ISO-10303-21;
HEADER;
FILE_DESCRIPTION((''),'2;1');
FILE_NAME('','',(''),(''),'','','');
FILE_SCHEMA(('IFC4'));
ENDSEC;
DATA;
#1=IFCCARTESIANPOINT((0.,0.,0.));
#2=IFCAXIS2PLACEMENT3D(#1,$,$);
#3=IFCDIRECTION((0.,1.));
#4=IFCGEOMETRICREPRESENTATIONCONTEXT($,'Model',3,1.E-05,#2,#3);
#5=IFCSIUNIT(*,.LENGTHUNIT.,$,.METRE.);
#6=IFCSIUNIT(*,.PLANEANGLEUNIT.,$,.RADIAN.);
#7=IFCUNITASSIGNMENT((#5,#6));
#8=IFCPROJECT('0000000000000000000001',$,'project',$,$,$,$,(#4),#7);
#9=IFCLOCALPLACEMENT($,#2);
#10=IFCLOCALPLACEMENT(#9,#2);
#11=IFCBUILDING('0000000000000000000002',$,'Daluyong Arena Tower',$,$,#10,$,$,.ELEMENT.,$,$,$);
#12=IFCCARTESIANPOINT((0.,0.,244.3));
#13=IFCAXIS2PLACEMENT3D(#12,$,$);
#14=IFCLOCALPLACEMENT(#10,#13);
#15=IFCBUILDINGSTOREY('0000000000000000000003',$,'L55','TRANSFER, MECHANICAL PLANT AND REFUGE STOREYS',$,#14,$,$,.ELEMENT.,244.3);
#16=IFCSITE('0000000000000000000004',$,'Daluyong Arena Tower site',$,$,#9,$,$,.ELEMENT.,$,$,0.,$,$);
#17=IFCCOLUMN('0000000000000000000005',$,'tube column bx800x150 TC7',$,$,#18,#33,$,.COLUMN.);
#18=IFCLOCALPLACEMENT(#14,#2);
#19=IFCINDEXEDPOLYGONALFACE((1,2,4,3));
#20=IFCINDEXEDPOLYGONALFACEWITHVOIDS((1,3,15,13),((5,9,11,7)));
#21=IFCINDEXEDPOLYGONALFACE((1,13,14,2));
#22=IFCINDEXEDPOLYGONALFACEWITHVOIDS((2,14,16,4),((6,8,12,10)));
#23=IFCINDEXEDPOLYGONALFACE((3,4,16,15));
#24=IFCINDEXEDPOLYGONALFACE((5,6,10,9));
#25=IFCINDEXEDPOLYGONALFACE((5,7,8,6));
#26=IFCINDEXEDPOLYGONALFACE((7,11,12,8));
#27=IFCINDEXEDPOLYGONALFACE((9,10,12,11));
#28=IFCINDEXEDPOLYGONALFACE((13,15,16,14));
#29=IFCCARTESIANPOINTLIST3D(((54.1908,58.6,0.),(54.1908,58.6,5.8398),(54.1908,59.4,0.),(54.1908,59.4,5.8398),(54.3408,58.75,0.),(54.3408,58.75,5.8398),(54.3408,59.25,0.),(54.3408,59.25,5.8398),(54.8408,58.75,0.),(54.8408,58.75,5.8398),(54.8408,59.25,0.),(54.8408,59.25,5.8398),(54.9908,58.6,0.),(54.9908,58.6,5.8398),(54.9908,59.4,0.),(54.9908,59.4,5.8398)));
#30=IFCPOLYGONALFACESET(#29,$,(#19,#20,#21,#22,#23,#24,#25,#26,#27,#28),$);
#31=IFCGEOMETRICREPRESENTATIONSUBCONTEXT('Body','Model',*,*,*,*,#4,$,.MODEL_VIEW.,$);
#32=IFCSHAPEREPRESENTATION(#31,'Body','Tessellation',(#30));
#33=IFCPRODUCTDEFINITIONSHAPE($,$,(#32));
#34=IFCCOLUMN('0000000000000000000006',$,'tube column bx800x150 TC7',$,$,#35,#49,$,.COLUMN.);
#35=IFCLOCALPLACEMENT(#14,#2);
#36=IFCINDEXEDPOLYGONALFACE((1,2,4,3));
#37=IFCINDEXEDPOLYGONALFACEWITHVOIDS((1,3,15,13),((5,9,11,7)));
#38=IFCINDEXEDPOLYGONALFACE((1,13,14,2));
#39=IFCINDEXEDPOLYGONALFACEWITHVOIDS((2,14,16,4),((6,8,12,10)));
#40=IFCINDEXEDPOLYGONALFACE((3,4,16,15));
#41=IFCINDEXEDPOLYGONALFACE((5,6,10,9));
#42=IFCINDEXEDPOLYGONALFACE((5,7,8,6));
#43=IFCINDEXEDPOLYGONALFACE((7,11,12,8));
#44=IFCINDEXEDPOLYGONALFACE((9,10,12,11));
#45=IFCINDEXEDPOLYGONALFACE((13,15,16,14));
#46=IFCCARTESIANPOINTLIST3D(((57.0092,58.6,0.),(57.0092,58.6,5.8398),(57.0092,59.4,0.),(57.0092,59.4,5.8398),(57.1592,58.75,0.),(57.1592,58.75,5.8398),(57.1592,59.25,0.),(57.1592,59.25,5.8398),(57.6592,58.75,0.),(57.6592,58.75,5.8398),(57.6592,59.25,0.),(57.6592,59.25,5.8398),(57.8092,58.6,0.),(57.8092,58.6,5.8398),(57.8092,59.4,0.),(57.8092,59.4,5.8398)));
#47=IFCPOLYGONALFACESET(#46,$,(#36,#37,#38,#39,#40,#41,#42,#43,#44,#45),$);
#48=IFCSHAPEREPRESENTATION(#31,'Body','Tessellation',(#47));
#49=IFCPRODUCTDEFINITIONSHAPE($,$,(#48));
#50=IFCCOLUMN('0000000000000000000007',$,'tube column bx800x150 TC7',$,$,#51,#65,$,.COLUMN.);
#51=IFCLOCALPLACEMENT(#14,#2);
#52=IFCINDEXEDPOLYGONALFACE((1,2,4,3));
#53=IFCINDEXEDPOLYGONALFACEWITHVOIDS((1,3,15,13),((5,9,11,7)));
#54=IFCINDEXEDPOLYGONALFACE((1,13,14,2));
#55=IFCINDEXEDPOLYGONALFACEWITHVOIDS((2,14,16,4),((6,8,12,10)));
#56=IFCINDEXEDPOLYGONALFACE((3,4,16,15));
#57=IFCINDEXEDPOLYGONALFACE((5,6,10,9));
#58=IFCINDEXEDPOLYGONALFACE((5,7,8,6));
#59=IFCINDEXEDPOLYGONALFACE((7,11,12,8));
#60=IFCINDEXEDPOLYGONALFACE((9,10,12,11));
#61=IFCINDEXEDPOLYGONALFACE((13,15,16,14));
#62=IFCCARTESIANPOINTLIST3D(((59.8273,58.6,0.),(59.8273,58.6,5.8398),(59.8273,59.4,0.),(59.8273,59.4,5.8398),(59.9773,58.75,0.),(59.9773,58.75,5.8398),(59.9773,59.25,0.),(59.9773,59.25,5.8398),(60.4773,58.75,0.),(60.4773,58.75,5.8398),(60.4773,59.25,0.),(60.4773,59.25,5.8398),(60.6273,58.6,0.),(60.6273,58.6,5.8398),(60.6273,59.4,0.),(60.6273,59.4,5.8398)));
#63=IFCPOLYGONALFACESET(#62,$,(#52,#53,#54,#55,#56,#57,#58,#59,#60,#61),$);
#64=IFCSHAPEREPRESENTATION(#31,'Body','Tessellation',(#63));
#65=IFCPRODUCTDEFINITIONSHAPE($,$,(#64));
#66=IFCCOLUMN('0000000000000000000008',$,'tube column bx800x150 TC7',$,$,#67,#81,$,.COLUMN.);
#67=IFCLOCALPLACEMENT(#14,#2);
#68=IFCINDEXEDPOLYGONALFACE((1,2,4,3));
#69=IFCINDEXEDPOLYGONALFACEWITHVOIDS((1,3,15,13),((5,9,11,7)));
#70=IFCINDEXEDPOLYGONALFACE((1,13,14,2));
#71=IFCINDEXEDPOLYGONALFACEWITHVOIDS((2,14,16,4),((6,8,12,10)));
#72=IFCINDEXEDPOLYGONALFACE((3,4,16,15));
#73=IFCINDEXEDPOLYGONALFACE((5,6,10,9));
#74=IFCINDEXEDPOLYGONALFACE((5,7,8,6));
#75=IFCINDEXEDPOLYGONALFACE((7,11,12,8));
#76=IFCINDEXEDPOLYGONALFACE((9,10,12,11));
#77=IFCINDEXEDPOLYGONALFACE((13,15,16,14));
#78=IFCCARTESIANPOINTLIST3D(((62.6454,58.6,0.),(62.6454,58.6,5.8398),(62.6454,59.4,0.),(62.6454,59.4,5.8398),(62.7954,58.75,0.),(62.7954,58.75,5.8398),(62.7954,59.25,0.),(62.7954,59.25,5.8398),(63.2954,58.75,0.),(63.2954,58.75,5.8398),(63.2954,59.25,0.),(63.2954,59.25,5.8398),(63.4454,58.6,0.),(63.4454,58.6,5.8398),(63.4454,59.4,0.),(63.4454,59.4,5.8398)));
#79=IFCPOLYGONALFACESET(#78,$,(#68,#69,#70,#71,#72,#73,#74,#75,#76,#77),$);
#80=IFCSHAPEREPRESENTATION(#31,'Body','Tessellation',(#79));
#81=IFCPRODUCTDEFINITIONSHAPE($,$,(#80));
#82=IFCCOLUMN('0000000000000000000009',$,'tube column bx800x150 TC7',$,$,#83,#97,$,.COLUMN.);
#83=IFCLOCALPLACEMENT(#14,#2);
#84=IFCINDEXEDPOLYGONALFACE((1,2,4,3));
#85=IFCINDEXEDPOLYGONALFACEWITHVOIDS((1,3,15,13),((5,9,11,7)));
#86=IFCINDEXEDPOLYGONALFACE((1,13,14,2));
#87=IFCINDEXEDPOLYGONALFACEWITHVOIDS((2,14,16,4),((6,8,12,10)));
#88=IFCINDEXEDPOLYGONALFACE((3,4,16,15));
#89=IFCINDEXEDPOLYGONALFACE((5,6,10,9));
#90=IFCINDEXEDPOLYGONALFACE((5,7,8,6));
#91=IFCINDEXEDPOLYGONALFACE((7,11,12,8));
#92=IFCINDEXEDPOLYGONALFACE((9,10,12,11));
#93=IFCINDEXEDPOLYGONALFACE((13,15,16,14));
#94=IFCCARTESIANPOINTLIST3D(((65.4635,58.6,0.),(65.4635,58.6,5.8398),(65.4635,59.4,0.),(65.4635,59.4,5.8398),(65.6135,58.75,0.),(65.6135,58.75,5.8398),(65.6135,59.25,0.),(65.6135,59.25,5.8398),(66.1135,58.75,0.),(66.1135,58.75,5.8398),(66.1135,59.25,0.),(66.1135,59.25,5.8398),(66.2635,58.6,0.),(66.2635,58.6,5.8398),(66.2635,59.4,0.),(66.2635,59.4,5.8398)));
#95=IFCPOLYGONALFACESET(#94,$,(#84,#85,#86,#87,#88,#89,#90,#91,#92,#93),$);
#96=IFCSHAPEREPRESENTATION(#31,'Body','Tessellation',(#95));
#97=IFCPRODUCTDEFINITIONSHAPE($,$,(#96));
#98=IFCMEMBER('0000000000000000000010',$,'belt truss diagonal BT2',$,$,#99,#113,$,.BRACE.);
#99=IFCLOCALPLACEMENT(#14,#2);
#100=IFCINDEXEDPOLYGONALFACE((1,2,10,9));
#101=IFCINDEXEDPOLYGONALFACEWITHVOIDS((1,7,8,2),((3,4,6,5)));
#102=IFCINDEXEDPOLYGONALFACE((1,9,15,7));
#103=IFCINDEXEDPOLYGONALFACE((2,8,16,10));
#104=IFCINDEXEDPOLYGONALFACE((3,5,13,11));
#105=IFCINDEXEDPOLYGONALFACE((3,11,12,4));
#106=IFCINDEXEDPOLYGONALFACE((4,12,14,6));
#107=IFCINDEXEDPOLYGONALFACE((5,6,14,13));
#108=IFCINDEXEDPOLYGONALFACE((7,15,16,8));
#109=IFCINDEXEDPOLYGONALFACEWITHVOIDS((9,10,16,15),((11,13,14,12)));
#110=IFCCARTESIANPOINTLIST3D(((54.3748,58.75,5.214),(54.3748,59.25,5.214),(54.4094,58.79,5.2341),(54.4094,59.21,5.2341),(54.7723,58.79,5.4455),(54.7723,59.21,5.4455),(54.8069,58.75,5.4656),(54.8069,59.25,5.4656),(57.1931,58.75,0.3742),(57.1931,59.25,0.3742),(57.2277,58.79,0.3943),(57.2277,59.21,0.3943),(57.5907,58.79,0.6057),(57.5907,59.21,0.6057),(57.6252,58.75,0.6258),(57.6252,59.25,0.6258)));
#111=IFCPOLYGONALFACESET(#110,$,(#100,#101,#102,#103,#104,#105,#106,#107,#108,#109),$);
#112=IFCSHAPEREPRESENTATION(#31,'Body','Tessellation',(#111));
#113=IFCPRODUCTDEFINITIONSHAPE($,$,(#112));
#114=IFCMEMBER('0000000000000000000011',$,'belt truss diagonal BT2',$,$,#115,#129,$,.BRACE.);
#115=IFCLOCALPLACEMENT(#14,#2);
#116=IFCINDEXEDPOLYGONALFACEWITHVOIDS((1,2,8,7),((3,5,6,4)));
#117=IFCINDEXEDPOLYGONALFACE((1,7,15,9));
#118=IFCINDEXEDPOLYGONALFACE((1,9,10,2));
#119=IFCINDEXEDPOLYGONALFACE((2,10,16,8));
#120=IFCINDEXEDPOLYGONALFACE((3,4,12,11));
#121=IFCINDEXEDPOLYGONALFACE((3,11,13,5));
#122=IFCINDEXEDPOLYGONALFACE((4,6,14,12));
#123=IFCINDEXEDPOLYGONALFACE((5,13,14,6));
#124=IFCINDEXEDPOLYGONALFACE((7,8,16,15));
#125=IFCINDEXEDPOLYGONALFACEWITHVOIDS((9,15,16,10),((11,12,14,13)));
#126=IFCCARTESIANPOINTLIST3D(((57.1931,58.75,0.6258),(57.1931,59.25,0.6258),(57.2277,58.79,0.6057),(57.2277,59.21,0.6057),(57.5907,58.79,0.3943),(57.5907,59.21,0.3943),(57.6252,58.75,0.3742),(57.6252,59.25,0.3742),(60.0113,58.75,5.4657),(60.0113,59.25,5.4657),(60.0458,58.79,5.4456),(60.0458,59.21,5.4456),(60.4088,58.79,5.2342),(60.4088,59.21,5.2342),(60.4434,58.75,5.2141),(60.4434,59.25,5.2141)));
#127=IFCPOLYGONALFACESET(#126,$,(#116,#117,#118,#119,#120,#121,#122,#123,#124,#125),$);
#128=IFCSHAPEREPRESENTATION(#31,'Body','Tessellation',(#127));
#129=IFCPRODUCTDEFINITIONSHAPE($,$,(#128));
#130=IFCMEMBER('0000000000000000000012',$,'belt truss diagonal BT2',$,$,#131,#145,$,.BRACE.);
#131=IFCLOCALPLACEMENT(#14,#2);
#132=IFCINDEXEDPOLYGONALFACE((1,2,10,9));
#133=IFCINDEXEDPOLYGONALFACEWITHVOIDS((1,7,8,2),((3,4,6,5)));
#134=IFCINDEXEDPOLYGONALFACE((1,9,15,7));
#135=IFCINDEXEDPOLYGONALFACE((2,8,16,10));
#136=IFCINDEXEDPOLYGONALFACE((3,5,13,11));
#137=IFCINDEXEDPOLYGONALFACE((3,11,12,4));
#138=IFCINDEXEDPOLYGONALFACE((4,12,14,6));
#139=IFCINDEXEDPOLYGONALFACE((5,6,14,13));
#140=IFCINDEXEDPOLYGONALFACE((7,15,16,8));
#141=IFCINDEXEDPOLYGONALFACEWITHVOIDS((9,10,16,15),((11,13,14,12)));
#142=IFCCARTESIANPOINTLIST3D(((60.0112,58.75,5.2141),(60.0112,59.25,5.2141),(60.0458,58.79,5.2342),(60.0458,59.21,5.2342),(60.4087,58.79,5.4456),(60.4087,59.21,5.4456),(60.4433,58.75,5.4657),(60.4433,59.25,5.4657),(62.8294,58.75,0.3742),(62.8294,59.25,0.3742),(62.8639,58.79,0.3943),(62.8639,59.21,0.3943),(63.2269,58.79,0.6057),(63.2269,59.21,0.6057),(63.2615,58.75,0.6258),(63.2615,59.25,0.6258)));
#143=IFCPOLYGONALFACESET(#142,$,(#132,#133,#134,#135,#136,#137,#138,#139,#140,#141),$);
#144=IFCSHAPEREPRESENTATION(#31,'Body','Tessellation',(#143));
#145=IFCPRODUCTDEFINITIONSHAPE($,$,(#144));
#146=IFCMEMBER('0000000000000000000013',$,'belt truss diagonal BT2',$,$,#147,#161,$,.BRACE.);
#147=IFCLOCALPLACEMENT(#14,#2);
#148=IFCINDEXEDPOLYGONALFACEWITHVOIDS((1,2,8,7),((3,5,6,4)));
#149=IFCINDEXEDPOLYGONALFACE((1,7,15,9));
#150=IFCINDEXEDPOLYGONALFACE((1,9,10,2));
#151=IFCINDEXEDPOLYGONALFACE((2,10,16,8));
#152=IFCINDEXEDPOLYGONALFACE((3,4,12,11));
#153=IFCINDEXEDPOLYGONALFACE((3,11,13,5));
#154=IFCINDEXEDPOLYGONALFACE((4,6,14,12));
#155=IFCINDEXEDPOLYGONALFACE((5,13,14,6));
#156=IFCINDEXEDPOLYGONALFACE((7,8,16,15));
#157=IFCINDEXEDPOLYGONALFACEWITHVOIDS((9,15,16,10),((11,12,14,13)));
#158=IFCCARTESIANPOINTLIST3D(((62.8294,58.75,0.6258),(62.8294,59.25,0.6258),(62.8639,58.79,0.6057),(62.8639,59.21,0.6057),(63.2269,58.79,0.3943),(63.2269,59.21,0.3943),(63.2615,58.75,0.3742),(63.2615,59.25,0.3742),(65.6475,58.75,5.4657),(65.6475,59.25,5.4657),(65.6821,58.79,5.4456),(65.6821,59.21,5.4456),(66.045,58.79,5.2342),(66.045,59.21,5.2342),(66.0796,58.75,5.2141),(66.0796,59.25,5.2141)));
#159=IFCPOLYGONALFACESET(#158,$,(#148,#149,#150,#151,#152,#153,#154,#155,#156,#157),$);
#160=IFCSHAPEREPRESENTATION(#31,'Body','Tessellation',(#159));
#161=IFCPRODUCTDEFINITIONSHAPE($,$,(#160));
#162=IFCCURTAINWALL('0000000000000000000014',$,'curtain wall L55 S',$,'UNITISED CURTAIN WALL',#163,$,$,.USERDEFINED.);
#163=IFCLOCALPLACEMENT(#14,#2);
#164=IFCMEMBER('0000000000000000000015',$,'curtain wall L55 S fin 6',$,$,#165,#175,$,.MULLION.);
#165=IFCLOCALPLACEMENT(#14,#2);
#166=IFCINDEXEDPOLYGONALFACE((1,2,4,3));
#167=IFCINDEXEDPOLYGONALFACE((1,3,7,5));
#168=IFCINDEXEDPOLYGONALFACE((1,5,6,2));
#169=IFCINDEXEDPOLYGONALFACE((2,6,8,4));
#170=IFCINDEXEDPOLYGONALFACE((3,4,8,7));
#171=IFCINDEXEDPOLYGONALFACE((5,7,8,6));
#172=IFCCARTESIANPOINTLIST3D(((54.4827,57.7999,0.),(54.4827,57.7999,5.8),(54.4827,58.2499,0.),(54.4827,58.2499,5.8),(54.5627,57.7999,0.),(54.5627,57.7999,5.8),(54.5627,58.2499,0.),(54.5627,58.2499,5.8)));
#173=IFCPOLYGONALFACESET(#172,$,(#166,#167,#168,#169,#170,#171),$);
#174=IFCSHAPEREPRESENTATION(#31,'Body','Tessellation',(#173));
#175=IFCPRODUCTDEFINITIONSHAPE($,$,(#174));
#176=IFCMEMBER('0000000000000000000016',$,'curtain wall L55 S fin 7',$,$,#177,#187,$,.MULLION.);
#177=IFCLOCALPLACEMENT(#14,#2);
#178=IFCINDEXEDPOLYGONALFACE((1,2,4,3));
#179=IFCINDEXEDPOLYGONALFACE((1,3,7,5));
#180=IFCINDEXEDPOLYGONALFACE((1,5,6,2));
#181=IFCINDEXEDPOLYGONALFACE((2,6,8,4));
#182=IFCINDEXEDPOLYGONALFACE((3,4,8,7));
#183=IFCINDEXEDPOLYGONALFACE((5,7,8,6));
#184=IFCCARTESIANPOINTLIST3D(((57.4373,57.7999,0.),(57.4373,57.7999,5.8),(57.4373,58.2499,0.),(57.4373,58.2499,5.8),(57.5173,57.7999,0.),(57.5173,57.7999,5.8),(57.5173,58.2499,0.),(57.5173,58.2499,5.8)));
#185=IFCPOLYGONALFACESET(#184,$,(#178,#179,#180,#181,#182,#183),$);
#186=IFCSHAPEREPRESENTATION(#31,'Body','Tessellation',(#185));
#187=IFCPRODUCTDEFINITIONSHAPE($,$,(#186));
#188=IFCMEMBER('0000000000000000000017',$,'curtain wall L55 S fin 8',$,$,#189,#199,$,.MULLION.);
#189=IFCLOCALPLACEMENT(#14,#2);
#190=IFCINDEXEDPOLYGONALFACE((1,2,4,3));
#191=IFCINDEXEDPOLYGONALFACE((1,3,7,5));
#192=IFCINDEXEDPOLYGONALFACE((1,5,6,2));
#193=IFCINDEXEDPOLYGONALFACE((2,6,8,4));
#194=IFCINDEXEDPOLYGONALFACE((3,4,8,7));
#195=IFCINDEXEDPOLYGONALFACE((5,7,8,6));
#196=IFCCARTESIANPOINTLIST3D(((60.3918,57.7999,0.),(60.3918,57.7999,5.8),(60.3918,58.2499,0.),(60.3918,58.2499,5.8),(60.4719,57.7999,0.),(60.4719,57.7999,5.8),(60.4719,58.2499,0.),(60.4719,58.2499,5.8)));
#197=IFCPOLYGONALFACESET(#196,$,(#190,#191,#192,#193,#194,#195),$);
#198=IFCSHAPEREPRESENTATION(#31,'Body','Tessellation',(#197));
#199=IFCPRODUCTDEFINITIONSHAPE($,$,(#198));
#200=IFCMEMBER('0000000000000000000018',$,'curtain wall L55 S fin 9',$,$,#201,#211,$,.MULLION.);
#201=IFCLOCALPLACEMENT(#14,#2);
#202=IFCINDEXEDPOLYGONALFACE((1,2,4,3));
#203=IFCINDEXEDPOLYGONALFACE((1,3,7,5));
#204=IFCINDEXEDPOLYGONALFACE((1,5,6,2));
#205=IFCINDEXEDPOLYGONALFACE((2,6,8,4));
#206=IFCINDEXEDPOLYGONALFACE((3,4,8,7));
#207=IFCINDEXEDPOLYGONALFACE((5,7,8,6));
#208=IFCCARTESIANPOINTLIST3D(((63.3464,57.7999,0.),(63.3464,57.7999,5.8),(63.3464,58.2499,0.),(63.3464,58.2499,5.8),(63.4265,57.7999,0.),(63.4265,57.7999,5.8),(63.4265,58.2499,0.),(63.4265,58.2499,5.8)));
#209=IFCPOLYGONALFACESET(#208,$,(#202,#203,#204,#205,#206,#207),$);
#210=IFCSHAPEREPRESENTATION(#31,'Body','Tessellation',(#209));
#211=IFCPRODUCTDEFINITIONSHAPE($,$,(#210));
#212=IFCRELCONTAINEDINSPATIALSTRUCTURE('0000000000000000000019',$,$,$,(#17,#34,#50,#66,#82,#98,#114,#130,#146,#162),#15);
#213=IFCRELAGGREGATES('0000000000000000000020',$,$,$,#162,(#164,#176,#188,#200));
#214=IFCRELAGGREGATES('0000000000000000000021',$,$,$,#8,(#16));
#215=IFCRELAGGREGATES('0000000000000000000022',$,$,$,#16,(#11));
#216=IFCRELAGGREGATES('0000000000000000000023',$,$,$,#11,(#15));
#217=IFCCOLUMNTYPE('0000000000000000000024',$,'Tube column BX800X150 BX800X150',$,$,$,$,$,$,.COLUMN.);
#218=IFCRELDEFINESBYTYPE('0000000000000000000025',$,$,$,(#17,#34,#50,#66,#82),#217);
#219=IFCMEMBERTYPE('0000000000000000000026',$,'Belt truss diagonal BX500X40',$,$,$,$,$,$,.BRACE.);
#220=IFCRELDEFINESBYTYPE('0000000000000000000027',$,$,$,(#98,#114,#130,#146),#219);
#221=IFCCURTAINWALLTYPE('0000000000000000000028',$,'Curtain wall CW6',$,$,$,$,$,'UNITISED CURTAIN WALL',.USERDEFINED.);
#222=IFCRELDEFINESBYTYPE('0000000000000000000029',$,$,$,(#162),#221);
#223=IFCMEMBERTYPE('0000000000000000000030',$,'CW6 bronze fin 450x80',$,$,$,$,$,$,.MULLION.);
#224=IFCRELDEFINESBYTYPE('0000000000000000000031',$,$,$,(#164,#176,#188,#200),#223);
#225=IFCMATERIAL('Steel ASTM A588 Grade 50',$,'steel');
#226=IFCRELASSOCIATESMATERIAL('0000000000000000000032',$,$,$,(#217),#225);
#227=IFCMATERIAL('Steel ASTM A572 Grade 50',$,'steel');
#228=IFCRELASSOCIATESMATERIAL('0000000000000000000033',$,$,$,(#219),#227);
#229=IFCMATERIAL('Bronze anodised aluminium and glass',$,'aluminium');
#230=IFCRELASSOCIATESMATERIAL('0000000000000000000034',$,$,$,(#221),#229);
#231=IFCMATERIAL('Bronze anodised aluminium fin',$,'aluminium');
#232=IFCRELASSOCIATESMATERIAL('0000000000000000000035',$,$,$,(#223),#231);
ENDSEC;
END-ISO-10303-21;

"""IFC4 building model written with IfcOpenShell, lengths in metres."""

from ifc_helpers import new_model, si_unit, direction, frame, origin, origin_2d, place, context, subcontext, project, spatial, rectangle, hollow_rectangle, extrude, material, material_profile, profile_set, type_object, element, aggregate, save


model = new_model("IFC4")

# Units and contexts
model_context = context("Model", 3, precision=1e-05, world=origin(), true_north=direction((0.0, 1.0)))
body_context = subcontext(model_context, "Body", "Model", "MODEL_VIEW")
ifc_project = project(units=[si_unit("LENGTHUNIT", "METRE"), si_unit("PLANEANGLEUNIT", "RADIAN")], contexts=[model_context])

# Site, building, storey
site_placement = place(None, origin())
site = spatial("IfcSite", under=ifc_project, at=site_placement, Name="Daluyong Arena Tower site", CompositionType="ELEMENT", RefElevation=0.0)
building_placement = place(site_placement, origin())
building = spatial("IfcBuilding", under=site, at=building_placement, Name="Daluyong Arena Tower", CompositionType="ELEMENT")
storey_placement = place(building_placement, frame((0.0, 0.0, 244.3)))
storey = spatial("IfcBuildingStorey", under=building, at=storey_placement, Name="L55", Description="TRANSFER, MECHANICAL PLANT AND REFUGE STOREYS", CompositionType="ELEMENT", Elevation=244.3)

# Columns
ifc_material_1 = material(Name="Steel ASTM A588 Grade 50", Category="steel")
ifc_material_profile_1 = material_profile(ifc_material_1, hollow_rectangle(XDim=0.8, YDim=0.8, WallThickness=0.15, at=origin_2d()))
ifc_profile_set_1 = profile_set([ifc_material_profile_1], Name="Steel ASTM A588 Grade 50")
column_type = type_object("IfcColumnType", Name="Tube column BX800X150 BX800X150", PredefinedType="COLUMN", material=ifc_profile_set_1)
for number, where, z_axis, x_axis, name in (
    (1, (54.5908, 59.0, 0.0), (0.0, 0.0, 1.0), (1.0, 0.0, 0.0), "tube column bx800x150 TC7"),
    (2, (57.4092, 59.0, 0.0), (0.0, 0.0, 1.0), (1.0, 0.0, 0.0), "tube column bx800x150 TC7"),
    (3, (60.2273, 59.0, 0.0), (0.0, 0.0, 1.0), (1.0, 0.0, 0.0), "tube column bx800x150 TC7"),
    (4, (63.0454, 59.0, 0.0), (0.0, 0.0, 1.0), (1.0, 0.0, 0.0), "tube column bx800x150 TC7"),
    (5, (65.8635, 59.0, 0.0), (0.0, 0.0, 1.0), (1.0, 0.0, 0.0), "tube column bx800x150 TC7"),
):
    element("IfcColumn", number, at=place(storey_placement, frame(where, z_axis=z_axis, x_axis=x_axis)), inside=storey, type_object=column_type, Name=name, PredefinedType="COLUMN", context=body_context, shape_type="SweptSolid", body=[
        extrude(hollow_rectangle(XDim=0.8, YDim=0.8, WallThickness=0.15, at=origin_2d()), origin(), (0.0, 0.0, 1.0), 5.8398),
    ])

# Members
ifc_material_2 = material(Name="Steel ASTM A572 Grade 50", Category="steel")
ifc_material_profile_2 = material_profile(ifc_material_2, hollow_rectangle(XDim=0.5, YDim=0.5, WallThickness=0.04, at=origin_2d()))
ifc_profile_set_2 = profile_set([ifc_material_profile_2], Name="Steel ASTM A572 Grade 50")
member_type_1 = type_object("IfcMemberType", Name="Belt truss diagonal BX500X40", PredefinedType="BRACE", material=ifc_profile_set_2)
for number, where, z_axis, x_axis, name in (
    (6, (57.4092, 59.0, 0.5), (-0.50322, 0.0, 0.864158), (0.0, -1.0, 0.0), "belt truss diagonal BT2"),
    (7, (57.4092, 59.0, 0.5), (0.503188, 0.0, 0.864177), (0.0, 1.0, 0.0), "belt truss diagonal BT2"),
    (8, (63.0454, 59.0, 0.5), (-0.503188, 0.0, 0.864177), (0.0, -1.0, 0.0), "belt truss diagonal BT2"),
    (9, (63.0454, 59.0, 0.5), (0.503188, 0.0, 0.864177), (0.0, 1.0, 0.0), "belt truss diagonal BT2"),
):
    element("IfcMember", number, at=place(storey_placement, frame(where, z_axis=z_axis, x_axis=x_axis)), inside=storey, type_object=member_type_1, Name=name, PredefinedType="BRACE", context=body_context, shape_type="SweptSolid", body=[
        extrude(hollow_rectangle(XDim=0.5, YDim=0.5, WallThickness=0.04, at=origin_2d()), origin(), (0.0, 0.0, 1.0), 5.6006),
    ])

# Curtain wall, members
ifc_material_3 = material(Name="Bronze anodised aluminium and glass", Category="aluminium")
curtain_wall_type = type_object("IfcCurtainWallType", Name="Curtain wall CW6", ElementType="UNITISED CURTAIN WALL", PredefinedType="USERDEFINED", material=ifc_material_3)
curtain_wall_placement = place(storey_placement, origin())
curtain_wall = element("IfcCurtainWall", 10, at=curtain_wall_placement, inside=storey, type_object=curtain_wall_type, Name="curtain wall L55 S", ObjectType="UNITISED CURTAIN WALL", PredefinedType="USERDEFINED")
ifc_material_4 = material(Name="Bronze anodised aluminium fin", Category="aluminium")
ifc_material_profile_3 = material_profile(ifc_material_4, rectangle(XDim=0.45, YDim=0.0801, at=origin_2d()))
ifc_profile_set_3 = profile_set([ifc_material_profile_3], Name="Bronze anodised aluminium fin")
member_type_2 = type_object("IfcMemberType", Name="CW6 bronze fin 450x80", PredefinedType="MULLION", material=ifc_profile_set_3)
member_1_placement = place(storey_placement, frame((54.5227, 58.0249, 0.0), z_axis=(0.0, 0.0, 1.0), x_axis=(0.0, 1.0, 0.0)))
member_1 = element("IfcMember", 11, at=member_1_placement, type_object=member_type_2, Name="curtain wall L55 S fin 6", PredefinedType="MULLION", context=body_context, shape_type="SweptSolid", body=[
    extrude(rectangle(XDim=0.45, YDim=0.0801, at=origin_2d()), origin(), (0.0, 0.0, 1.0), 5.8),
])
member_2_placement = place(storey_placement, frame((57.4773, 58.0249, 0.0), z_axis=(0.0, 0.0, 1.0), x_axis=(0.0, 1.0, 0.0)))
member_2 = element("IfcMember", 12, at=member_2_placement, type_object=member_type_2, Name="curtain wall L55 S fin 7", PredefinedType="MULLION", context=body_context, shape_type="SweptSolid", body=[
    extrude(rectangle(XDim=0.45, YDim=0.0801, at=origin_2d()), origin(), (0.0, 0.0, 1.0), 5.8),
])
member_3_placement = place(storey_placement, frame((60.4319, 58.0249, 0.0), z_axis=(0.0, 0.0, 1.0), x_axis=(0.0, 1.0, 0.0)))
member_3 = element("IfcMember", 13, at=member_3_placement, type_object=member_type_2, Name="curtain wall L55 S fin 8", PredefinedType="MULLION", context=body_context, shape_type="SweptSolid", body=[
    extrude(rectangle(XDim=0.45, YDim=0.0801, at=origin_2d()), origin(), (0.0, 0.0, 1.0), 5.8),
])
member_4_placement = place(storey_placement, frame((63.3865, 58.0249, 0.0), z_axis=(0.0, 0.0, 1.0), x_axis=(0.0, 1.0, 0.0)))
member_4 = element("IfcMember", 14, at=member_4_placement, type_object=member_type_2, Name="curtain wall L55 S fin 9", PredefinedType="MULLION", context=body_context, shape_type="SweptSolid", body=[
    extrude(rectangle(XDim=0.45, YDim=0.0801, at=origin_2d()), origin(), (0.0, 0.0, 1.0), 5.8),
])

aggregate(curtain_wall, [member_1, member_2, member_3, member_4])

save(model, "model.ifc")
